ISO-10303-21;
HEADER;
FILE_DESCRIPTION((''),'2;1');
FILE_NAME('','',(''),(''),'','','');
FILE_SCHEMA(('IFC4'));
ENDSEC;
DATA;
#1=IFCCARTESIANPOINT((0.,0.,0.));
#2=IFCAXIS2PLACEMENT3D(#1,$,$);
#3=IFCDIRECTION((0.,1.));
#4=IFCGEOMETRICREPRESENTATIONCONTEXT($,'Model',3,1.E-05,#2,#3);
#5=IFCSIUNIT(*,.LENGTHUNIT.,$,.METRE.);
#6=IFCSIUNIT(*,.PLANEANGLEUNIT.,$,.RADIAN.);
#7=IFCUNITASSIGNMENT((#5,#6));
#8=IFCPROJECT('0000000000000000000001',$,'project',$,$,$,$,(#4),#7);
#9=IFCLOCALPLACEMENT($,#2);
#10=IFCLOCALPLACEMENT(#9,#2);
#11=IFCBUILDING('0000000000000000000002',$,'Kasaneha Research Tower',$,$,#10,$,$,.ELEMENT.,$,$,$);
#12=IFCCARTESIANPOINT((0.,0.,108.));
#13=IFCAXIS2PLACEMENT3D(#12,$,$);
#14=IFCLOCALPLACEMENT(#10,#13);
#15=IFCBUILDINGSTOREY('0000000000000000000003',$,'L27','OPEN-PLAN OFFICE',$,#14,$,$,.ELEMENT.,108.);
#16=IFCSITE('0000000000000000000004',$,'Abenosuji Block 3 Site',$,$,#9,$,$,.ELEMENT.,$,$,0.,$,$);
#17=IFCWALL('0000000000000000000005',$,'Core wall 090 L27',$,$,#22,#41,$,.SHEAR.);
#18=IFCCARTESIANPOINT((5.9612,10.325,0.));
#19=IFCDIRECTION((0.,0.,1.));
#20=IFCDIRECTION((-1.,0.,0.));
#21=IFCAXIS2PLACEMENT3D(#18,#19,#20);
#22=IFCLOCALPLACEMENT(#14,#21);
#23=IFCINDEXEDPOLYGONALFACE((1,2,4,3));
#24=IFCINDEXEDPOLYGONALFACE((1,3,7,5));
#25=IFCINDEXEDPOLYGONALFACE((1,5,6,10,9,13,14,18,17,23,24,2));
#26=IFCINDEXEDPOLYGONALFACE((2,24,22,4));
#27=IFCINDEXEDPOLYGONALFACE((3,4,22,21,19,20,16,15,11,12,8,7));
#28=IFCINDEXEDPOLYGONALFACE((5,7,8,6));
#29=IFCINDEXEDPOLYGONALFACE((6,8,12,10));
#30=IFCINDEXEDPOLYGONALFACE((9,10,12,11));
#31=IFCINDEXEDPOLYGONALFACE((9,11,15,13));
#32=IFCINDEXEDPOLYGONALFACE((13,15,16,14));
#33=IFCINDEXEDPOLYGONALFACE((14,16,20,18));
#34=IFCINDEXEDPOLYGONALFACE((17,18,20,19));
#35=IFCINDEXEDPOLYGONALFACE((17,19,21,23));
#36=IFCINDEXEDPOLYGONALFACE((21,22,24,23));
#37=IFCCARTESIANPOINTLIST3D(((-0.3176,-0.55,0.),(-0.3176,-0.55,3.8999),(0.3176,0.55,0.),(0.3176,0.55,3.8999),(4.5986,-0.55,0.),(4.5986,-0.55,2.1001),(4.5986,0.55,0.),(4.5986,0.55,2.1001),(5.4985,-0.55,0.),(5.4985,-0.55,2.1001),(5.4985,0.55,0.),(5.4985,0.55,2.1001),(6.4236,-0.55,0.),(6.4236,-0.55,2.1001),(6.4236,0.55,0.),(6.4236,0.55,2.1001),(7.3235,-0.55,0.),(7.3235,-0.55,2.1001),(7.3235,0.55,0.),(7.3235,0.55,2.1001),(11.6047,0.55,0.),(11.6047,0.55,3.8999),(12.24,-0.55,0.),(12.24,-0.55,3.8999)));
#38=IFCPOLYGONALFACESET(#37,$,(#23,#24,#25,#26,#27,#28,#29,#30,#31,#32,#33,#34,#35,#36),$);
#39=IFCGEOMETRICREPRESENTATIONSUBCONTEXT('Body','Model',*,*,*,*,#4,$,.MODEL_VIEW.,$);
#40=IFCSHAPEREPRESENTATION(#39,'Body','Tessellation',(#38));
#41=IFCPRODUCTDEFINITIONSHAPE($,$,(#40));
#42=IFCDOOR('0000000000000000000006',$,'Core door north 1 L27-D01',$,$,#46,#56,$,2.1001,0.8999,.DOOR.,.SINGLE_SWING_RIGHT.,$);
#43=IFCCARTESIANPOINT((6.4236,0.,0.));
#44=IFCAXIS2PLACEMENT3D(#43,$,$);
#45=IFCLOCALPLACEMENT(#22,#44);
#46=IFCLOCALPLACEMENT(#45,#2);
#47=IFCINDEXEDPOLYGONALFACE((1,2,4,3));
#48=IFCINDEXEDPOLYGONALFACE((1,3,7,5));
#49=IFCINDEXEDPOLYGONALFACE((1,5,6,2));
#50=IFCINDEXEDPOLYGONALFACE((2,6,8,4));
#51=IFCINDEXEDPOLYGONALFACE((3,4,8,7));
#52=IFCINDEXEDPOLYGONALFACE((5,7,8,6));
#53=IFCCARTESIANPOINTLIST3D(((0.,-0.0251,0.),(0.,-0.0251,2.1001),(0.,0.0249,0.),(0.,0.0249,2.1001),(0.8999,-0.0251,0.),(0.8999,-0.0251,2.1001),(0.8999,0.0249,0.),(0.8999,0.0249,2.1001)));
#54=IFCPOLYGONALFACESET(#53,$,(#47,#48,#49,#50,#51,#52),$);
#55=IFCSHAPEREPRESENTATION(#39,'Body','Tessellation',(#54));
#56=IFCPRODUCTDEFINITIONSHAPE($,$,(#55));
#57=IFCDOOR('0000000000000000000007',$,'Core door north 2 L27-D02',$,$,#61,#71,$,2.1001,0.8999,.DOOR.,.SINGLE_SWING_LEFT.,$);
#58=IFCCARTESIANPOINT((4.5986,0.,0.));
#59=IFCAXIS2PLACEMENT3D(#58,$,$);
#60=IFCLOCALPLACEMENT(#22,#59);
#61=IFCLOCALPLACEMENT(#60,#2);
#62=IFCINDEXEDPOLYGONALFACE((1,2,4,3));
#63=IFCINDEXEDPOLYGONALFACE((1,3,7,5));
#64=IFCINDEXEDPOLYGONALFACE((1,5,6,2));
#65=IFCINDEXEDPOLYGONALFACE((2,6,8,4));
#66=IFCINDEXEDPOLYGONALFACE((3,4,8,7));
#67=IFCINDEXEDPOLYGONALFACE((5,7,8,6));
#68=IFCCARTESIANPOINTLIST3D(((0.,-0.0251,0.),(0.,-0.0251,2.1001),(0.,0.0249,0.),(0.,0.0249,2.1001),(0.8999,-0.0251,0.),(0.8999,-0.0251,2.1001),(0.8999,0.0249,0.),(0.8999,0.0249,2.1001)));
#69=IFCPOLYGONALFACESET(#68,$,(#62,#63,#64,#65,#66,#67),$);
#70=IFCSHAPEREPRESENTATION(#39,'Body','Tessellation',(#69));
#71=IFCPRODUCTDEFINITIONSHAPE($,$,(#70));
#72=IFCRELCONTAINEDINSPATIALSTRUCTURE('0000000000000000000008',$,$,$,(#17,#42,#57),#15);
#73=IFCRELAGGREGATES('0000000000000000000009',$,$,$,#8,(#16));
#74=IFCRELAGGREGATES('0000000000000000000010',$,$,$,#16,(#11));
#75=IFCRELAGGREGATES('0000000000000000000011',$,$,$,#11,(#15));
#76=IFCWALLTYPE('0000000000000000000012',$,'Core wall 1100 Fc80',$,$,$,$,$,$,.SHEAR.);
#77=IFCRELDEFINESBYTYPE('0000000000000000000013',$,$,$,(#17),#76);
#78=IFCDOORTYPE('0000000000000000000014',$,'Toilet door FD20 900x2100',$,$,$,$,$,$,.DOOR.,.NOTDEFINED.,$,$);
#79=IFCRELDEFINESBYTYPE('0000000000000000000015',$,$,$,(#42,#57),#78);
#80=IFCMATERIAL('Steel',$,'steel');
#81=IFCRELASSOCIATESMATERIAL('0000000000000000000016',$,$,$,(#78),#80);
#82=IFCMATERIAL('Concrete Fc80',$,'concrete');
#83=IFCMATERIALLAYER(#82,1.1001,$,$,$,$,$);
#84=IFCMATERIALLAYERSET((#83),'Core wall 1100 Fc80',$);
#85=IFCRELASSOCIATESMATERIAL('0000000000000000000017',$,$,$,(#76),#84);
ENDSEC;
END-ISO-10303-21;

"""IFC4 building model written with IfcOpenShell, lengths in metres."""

from ifc_helpers import new_model, si_unit, direction, frame, frame_2d, origin, place, context, subcontext, project, spatial, polyline, rectangle, outline, extrude, material, layer, layer_set, type_object, element, fill, save


model = new_model("IFC4")

# Units and contexts
model_context = context("Model", 3, precision=1e-05, world=origin(), true_north=direction((0.0, 1.0)))
body_context = subcontext(model_context, "Body", "Model", "MODEL_VIEW")
ifc_project = project(units=[si_unit("LENGTHUNIT", "METRE"), si_unit("PLANEANGLEUNIT", "RADIAN")], contexts=[model_context])

# Site, building, storey
site_placement = place(None, origin())
site = spatial("IfcSite", under=ifc_project, at=site_placement, Name="Abenosuji Block 3 Site", CompositionType="ELEMENT", RefElevation=0.0)
building_placement = place(site_placement, origin())
building = spatial("IfcBuilding", under=site, at=building_placement, Name="Kasaneha Research Tower", CompositionType="ELEMENT")
storey_placement = place(building_placement, frame((0.0, 0.0, 108.0)))
storey = spatial("IfcBuildingStorey", under=building, at=storey_placement, Name="L27", Description="OPEN-PLAN OFFICE", CompositionType="ELEMENT", Elevation=108.0)

# Shared definitions
ifc_material_1 = material(Name="Steel", Category="steel")
door_type_1 = type_object("IfcDoorType", Name="Toilet door FD20 900x2100", OperationType="NOTDEFINED", PredefinedType="DOOR", material=ifc_material_1)

# Wall, openings, doors
ifc_material_2 = material(Name="Concrete Fc80", Category="concrete")
ifc_layer_1 = layer(ifc_material_2, 1.1001)
ifc_layer_set_1 = layer_set([ifc_layer_1], Name="Core wall 1100 Fc80")
wall_type_1 = type_object("IfcWallType", Name="Core wall 1100 Fc80", PredefinedType="SHEAR", material=ifc_layer_set_1)
wall_1_placement = place(storey_placement, frame((5.9612, 10.325, 0.0), z_axis=(0.0, 0.0, 1.0), x_axis=(-1.0, 0.0, 0.0)))
wall_1 = element("IfcWall", 1, at=wall_1_placement, inside=storey, type_object=wall_type_1, Name="Core wall 090 L27", PredefinedType="SHEAR", context=body_context, shape_type="SweptSolid", body=[
    extrude(outline(polyline([(-0.3176, -0.55), (4.5986, -0.55), (5.4985, -0.55), (6.4236, -0.55), (7.3235, -0.55), (12.24, -0.55), (11.6047, 0.55), (7.3235, 0.55), (6.4236, 0.55), (5.4985, 0.55), (4.5986, 0.55), (0.3176, 0.55), (-0.3176, -0.55)])), origin(), (0.0, 0.0, 1.0), 3.8999),
])
opening_1_placement = place(wall_1_placement, frame((6.4236, 0.0, 0.0)))
opening_1 = element("IfcOpeningElement", 2, at=opening_1_placement, cuts=wall_1, PredefinedType="OPENING", context=body_context, shape_type="SweptSolid", body=[
    extrude(rectangle(XDim=0.8999, YDim=2.1001, at=frame_2d((0.45, 1.05))), frame((0.0, 0.5601, 0.0), z_axis=(0.0, -1.0, 0.0), x_axis=(1.0, 0.0, 0.0)), (0.0, 0.0, 1.0), 1.1201),
])
opening_2_placement = place(wall_1_placement, frame((4.5986, 0.0, 0.0)))
opening_2 = element("IfcOpeningElement", 3, at=opening_2_placement, cuts=wall_1, PredefinedType="OPENING", context=body_context, shape_type="SweptSolid", body=[
    extrude(rectangle(XDim=0.8999, YDim=2.1001, at=frame_2d((0.45, 1.05))), frame((0.0, 0.5601, 0.0), z_axis=(0.0, -1.0, 0.0), x_axis=(1.0, 0.0, 0.0)), (0.0, 0.0, 1.0), 1.1201),
])
door_1_placement = place(opening_1_placement, origin())
door_1 = element("IfcDoor", 4, at=door_1_placement, inside=storey, type_object=door_type_1, Name="Core door north 1 L27-D01", OperationType="SINGLE_SWING_RIGHT", OverallHeight=2.1001, OverallWidth=0.8999, PredefinedType="DOOR", context=body_context, shape_type="SweptSolid", body=[
    extrude(rectangle(XDim=0.8999, YDim=2.1001, at=frame_2d((0.45, 1.05))), frame((0.0, 0.0249, 0.0), z_axis=(0.0, -1.0, 0.0), x_axis=(1.0, 0.0, 0.0)), (0.0, 0.0, 1.0), 0.05),
])
fill(opening_1, door_1)
door_2_placement = place(opening_2_placement, origin())
door_2 = element("IfcDoor", 5, at=door_2_placement, inside=storey, type_object=door_type_1, Name="Core door north 2 L27-D02", OperationType="SINGLE_SWING_LEFT", OverallHeight=2.1001, OverallWidth=0.8999, PredefinedType="DOOR", context=body_context, shape_type="SweptSolid", body=[
    extrude(rectangle(XDim=0.8999, YDim=2.1001, at=frame_2d((0.45, 1.05))), frame((0.0, 0.0249, 0.0), z_axis=(0.0, -1.0, 0.0), x_axis=(1.0, 0.0, 0.0)), (0.0, 0.0, 1.0), 0.05),
])
fill(opening_2, door_2)

save(model, "model.ifc")
